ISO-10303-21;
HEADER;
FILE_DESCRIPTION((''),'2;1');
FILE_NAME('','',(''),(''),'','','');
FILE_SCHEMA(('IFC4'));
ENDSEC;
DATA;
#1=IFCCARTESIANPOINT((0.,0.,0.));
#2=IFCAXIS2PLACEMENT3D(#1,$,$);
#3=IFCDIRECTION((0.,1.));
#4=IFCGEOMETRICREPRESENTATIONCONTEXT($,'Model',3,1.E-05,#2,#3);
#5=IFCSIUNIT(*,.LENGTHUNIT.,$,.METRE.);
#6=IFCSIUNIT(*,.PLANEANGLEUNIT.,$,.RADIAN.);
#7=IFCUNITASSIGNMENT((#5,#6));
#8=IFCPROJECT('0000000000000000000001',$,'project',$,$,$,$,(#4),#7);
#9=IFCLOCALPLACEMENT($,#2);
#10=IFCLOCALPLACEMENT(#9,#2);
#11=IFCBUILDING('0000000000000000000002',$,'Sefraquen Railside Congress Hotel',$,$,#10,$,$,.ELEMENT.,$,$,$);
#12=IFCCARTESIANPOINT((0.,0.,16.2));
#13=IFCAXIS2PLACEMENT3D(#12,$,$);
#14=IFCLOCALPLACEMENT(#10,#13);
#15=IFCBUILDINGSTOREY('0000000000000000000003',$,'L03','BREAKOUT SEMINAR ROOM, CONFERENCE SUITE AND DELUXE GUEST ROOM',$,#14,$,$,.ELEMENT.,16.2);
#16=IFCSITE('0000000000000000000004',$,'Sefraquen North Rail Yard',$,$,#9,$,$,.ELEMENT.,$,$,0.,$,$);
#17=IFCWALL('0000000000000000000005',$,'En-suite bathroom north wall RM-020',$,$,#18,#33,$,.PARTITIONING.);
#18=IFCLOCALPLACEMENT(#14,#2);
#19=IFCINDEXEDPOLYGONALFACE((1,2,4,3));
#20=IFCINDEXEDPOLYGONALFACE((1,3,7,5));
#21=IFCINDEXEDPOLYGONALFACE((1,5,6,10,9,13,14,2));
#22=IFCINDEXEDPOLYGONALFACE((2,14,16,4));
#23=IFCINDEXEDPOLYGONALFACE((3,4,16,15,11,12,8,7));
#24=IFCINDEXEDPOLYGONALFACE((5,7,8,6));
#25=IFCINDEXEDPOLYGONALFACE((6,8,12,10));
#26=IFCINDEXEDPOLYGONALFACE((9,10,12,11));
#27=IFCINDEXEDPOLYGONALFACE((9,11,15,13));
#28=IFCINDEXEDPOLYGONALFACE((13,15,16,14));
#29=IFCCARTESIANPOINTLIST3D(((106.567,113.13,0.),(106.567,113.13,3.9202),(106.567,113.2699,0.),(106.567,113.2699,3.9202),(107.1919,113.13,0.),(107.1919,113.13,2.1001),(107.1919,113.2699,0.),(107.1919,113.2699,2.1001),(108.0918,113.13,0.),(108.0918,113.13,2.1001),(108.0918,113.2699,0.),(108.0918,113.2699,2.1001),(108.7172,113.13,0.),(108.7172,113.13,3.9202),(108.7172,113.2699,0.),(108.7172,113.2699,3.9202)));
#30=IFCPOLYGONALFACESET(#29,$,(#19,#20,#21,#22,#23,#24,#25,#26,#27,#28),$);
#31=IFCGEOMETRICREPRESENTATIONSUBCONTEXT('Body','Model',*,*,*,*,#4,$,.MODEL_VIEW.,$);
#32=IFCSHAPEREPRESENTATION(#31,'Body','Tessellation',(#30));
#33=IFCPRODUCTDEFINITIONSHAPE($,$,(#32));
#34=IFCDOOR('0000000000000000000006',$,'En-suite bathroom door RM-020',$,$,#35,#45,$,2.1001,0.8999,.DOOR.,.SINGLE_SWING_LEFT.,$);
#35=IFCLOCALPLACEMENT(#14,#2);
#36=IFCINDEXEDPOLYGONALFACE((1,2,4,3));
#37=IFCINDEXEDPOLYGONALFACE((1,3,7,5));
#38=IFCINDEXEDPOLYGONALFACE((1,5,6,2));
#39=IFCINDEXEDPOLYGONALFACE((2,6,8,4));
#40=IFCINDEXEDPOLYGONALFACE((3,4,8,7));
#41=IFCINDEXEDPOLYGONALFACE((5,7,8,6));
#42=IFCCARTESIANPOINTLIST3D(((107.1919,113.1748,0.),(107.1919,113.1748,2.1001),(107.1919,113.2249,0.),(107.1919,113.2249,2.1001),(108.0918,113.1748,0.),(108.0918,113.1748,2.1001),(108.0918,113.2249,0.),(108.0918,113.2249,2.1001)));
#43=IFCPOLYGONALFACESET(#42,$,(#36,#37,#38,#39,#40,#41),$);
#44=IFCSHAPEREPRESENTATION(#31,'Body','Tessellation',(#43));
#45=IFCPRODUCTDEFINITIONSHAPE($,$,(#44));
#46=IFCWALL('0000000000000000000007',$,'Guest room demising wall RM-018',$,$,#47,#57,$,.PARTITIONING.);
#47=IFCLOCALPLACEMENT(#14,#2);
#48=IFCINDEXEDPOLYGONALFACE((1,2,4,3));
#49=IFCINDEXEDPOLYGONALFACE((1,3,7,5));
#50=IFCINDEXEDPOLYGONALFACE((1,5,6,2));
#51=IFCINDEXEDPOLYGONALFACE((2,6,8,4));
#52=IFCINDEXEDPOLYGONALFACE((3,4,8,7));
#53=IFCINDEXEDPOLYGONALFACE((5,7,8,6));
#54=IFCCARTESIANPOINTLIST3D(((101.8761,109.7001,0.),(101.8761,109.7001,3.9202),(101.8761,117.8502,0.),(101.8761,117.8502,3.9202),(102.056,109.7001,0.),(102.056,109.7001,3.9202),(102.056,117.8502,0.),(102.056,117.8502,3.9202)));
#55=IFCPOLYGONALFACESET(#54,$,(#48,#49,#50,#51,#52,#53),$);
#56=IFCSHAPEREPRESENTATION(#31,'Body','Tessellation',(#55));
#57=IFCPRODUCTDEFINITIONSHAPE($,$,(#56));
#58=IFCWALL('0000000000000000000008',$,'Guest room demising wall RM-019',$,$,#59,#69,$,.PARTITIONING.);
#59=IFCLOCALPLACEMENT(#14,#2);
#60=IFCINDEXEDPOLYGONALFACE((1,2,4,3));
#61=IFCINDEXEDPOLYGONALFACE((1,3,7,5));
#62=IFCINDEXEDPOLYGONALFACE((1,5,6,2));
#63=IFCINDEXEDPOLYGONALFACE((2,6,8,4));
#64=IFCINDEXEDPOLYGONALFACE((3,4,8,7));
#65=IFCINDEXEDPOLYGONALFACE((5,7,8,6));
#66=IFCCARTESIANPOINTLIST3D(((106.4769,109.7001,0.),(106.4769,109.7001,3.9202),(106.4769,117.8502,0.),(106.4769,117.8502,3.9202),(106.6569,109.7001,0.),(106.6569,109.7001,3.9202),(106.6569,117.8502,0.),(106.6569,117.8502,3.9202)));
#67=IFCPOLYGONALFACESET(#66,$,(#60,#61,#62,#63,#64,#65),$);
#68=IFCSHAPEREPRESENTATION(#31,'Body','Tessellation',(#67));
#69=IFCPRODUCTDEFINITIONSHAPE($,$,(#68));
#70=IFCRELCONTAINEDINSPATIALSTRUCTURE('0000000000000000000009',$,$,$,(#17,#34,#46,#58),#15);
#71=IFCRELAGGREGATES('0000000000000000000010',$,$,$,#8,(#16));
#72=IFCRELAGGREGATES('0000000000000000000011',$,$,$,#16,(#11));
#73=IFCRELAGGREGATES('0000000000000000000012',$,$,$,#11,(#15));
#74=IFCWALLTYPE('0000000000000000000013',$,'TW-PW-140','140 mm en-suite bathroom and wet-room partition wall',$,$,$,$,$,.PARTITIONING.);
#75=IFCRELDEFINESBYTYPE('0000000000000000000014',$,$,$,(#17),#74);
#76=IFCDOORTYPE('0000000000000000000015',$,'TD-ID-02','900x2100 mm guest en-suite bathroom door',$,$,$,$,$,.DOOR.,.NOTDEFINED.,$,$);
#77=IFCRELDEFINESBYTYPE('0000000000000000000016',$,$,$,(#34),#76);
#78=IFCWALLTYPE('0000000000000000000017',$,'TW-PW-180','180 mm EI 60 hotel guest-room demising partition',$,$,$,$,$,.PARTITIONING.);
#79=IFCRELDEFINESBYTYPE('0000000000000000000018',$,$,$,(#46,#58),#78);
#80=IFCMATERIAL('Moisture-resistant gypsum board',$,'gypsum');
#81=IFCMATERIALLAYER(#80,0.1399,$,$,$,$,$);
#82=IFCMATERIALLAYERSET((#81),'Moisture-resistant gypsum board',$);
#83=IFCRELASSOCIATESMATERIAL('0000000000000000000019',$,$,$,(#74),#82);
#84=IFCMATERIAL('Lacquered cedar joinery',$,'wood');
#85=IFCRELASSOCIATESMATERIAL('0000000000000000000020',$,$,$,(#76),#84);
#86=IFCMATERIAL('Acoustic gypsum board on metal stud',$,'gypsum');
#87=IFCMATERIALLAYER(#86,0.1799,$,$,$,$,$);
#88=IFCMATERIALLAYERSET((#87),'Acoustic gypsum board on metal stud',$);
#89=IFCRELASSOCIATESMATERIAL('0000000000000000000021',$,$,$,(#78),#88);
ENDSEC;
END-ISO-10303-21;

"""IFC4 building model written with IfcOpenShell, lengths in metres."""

from ifc_helpers import new_model, si_unit, direction, frame, frame_2d, origin, place, context, subcontext, project, spatial, rectangle, extrude, material, layer, layer_set, type_object, element, fill, save


model = new_model("IFC4")

# Units and contexts
model_context = context("Model", 3, precision=1e-05, world=origin(), true_north=direction((0.0, 1.0)))
body_context = subcontext(model_context, "Body", "Model", "MODEL_VIEW")
ifc_project = project(units=[si_unit("LENGTHUNIT", "METRE"), si_unit("PLANEANGLEUNIT", "RADIAN")], contexts=[model_context])

# Site, building, storey
site_placement = place(None, origin())
site = spatial("IfcSite", under=ifc_project, at=site_placement, Name="Sefraquen North Rail Yard", CompositionType="ELEMENT", RefElevation=0.0)
building_placement = place(site_placement, origin())
building = spatial("IfcBuilding", under=site, at=building_placement, Name="Sefraquen Railside Congress Hotel", CompositionType="ELEMENT")
storey_placement = place(building_placement, frame((0.0, 0.0, 16.2)))
storey = spatial("IfcBuildingStorey", under=building, at=storey_placement, Name="L03", Description="BREAKOUT SEMINAR ROOM, CONFERENCE SUITE AND DELUXE GUEST ROOM", CompositionType="ELEMENT", Elevation=16.2)

# Shared definitions
ifc_material_1 = material(Name="Moisture-resistant gypsum board", Category="gypsum")
ifc_layer_1 = layer(ifc_material_1, 0.1399)
ifc_layer_set_1 = layer_set([ifc_layer_1], Name="Moisture-resistant gypsum board")
wall_type_1 = type_object("IfcWallType", Name="TW-PW-140", Description="140 mm en-suite bathroom and wet-room partition wall", PredefinedType="PARTITIONING", material=ifc_layer_set_1)

# Shared definitions
ifc_material_2 = material(Name="Lacquered cedar joinery", Category="wood")
door_type = type_object("IfcDoorType", Name="TD-ID-02", Description="900x2100 mm guest en-suite bathroom door", OperationType="NOTDEFINED", PredefinedType="DOOR", material=ifc_material_2)

# Wall, opening, door
wall_1_placement = place(storey_placement, frame((106.5669, 113.2, 0.0), z_axis=(0.0, 0.0, 1.0), x_axis=(1.0, 0.0, 0.0)))
wall_1 = element("IfcWall", 1, at=wall_1_placement, inside=storey, type_object=wall_type_1, Name="En-suite bathroom north wall RM-020", PredefinedType="PARTITIONING", context=body_context, shape_type="SweptSolid", body=[
    extrude(rectangle(XDim=2.1501, YDim=0.1399, at=frame_2d((1.0752, 0.0))), origin(), (0.0, 0.0, 1.0), 3.9202),
])
opening_1_placement = place(wall_1_placement, frame((0.625, 0.0, 0.0)))
opening_1 = element("IfcOpeningElement", 2, at=opening_1_placement, cuts=wall_1, PredefinedType="OPENING", context=body_context, shape_type="SweptSolid", body=[
    extrude(rectangle(XDim=0.8999, YDim=2.1001, at=frame_2d((0.45, 1.05))), frame((0.0, 0.0798, 0.0), z_axis=(0.0, -1.0, 0.0), x_axis=(1.0, 0.0, 0.0)), (0.0, 0.0, 1.0), 0.1599),
])
door_1_placement = place(opening_1_placement, origin())
door_1 = element("IfcDoor", 3, at=door_1_placement, inside=storey, type_object=door_type, Name="En-suite bathroom door RM-020", OperationType="SINGLE_SWING_LEFT", OverallHeight=2.1001, OverallWidth=0.8999, PredefinedType="DOOR", context=body_context, shape_type="SweptSolid", body=[
    extrude(rectangle(XDim=0.8999, YDim=2.1001, at=frame_2d((0.45, 1.05))), frame((0.0, 0.0249, 0.0), z_axis=(0.0, -1.0, 0.0), x_axis=(1.0, 0.0, 0.0)), (0.0, 0.0, 1.0), 0.05),
])
fill(opening_1, door_1)

# Walls
ifc_material_3 = material(Name="Acoustic gypsum board on metal stud", Category="gypsum")
ifc_layer_2 = layer(ifc_material_3, 0.1799)
ifc_layer_set_2 = layer_set([ifc_layer_2], Name="Acoustic gypsum board on metal stud")
wall_type_2 = type_object("IfcWallType", Name="TW-PW-180", Description="180 mm EI 60 hotel guest-room demising partition", PredefinedType="PARTITIONING", material=ifc_layer_set_2)
for number, where, z_axis, x_axis, name in (
    (4, (101.9661, 109.7, 0.0), (0.0, 0.0, 1.0), (0.0, 1.0, 0.0), "Guest room demising wall RM-018"),
    (5, (106.5669, 109.7, 0.0), (0.0, 0.0, 1.0), (0.0, 1.0, 0.0), "Guest room demising wall RM-019"),
):
    element("IfcWall", number, at=place(storey_placement, frame(where, z_axis=z_axis, x_axis=x_axis)), inside=storey, type_object=wall_type_2, Name=name, PredefinedType="PARTITIONING", context=body_context, shape_type="SweptSolid", body=[
        extrude(rectangle(XDim=8.1501, YDim=0.1799, at=frame_2d((4.0752, 0.0))), origin(), (0.0, 0.0, 1.0), 3.9202),
    ])

save(model, "model.ifc")
